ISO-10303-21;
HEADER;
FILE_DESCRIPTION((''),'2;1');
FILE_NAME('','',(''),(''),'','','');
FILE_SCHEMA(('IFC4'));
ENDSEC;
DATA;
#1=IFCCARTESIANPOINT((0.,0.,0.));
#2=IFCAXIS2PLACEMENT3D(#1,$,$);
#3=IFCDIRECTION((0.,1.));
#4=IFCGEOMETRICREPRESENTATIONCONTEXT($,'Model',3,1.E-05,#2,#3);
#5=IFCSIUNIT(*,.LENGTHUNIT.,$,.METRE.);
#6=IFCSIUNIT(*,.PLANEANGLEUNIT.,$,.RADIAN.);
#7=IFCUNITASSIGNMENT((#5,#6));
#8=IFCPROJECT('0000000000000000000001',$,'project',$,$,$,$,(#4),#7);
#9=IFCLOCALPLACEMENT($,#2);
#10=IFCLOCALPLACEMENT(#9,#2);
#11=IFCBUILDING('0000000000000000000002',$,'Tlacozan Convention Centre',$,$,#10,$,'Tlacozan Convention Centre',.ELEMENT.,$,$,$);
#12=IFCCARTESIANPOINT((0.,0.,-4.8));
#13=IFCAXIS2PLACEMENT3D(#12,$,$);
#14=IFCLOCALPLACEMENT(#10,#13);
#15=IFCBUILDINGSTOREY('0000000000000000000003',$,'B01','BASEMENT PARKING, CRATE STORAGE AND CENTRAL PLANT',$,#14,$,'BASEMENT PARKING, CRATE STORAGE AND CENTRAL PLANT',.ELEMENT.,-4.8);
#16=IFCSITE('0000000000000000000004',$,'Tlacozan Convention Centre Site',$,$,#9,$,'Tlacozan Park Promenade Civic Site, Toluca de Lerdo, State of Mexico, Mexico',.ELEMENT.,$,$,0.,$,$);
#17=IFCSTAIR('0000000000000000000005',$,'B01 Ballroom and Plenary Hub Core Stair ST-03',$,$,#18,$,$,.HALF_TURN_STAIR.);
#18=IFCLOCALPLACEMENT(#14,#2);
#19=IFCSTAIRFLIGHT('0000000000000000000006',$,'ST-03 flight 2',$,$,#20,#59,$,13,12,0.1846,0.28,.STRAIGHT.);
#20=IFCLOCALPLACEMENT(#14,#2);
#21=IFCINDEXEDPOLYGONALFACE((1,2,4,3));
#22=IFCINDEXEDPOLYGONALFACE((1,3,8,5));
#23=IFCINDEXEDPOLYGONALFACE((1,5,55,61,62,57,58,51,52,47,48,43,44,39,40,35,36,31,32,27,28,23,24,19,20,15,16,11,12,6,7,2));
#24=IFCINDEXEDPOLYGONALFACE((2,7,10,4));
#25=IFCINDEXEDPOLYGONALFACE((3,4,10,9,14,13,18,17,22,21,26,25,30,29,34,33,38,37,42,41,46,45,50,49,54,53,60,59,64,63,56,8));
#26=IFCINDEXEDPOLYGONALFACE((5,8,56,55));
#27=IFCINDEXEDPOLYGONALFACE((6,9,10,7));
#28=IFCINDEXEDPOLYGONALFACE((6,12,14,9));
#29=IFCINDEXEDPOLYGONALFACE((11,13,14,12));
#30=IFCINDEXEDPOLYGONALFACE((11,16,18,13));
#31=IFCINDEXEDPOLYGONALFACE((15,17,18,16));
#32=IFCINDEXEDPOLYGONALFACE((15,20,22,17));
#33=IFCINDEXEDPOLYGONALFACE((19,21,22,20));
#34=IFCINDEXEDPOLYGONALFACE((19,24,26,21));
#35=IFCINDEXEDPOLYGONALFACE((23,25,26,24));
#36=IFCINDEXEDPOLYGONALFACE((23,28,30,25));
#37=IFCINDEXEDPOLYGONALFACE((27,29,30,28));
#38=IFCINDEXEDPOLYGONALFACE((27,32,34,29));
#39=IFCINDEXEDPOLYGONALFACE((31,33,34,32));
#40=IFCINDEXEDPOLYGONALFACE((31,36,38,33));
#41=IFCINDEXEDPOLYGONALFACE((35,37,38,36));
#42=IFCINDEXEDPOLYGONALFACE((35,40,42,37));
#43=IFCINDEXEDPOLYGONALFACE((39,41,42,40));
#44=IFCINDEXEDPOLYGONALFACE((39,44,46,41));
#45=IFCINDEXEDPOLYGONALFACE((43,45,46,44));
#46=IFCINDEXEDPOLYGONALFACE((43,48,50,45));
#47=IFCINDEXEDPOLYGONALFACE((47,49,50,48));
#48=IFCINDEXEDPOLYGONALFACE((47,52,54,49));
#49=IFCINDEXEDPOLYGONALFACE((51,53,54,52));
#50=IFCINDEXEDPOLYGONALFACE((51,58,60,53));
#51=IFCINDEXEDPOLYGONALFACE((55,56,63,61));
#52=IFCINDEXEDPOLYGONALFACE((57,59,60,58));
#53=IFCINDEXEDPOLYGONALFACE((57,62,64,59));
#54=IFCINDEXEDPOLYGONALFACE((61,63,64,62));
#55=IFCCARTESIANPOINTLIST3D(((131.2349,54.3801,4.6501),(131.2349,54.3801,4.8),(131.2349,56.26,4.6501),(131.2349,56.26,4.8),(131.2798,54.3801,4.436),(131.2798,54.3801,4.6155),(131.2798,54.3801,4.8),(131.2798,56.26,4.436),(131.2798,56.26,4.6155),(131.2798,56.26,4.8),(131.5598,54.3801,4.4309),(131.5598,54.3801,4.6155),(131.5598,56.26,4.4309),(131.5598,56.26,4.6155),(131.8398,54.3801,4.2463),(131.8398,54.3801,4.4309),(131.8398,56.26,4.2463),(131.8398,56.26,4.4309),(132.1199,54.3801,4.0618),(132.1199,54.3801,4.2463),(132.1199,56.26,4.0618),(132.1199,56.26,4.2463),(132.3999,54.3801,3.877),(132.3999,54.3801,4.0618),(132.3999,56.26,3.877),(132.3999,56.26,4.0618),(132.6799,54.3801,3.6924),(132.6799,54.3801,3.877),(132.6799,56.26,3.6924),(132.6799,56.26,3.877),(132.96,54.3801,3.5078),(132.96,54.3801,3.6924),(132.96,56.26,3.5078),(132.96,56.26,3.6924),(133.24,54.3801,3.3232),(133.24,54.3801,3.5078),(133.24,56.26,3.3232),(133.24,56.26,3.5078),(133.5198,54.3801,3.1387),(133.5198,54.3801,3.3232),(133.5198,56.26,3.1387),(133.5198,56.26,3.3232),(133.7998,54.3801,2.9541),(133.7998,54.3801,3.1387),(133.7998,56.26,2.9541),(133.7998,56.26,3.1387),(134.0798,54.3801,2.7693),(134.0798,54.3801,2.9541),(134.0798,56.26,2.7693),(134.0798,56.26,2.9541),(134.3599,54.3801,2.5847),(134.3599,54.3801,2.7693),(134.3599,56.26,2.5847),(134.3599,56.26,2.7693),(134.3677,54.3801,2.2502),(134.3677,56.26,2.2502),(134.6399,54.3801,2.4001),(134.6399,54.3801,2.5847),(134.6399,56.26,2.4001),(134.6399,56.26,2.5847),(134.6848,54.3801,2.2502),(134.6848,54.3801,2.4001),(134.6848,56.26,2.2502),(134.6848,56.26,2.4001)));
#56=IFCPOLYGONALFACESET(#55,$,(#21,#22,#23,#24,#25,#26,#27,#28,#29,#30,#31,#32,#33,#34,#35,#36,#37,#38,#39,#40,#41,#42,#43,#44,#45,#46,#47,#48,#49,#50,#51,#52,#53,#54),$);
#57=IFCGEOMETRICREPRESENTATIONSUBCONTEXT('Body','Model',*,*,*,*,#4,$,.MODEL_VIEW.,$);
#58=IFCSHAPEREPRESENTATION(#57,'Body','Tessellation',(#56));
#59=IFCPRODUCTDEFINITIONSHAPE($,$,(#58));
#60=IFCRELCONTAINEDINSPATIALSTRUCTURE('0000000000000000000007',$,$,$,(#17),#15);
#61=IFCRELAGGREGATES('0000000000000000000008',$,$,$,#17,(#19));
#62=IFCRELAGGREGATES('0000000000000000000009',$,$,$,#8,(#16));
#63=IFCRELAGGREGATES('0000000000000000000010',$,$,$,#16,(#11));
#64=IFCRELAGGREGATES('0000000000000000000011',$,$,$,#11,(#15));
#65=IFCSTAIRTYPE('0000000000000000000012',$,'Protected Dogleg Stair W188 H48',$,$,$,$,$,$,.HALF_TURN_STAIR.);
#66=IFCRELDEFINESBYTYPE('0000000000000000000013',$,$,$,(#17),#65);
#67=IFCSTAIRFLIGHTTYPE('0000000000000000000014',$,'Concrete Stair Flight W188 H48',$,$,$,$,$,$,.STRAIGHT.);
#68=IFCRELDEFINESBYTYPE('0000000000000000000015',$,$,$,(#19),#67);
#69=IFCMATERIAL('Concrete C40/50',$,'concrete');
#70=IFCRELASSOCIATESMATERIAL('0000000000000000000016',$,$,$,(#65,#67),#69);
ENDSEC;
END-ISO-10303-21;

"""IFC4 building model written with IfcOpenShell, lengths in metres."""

from ifc_helpers import new_model, si_unit, direction, frame, origin, place, context, subcontext, project, spatial, polyline, outline, extrude, material, type_object, element, aggregate, save


model = new_model("IFC4")

# Units and contexts
model_context = context("Model", 3, precision=1e-05, world=origin(), true_north=direction((0.0, 1.0)))
body_context = subcontext(model_context, "Body", "Model", "MODEL_VIEW")
ifc_project = project(units=[si_unit("LENGTHUNIT", "METRE"), si_unit("PLANEANGLEUNIT", "RADIAN")], contexts=[model_context])

# Site, building, storey
site_placement = place(None, origin())
site = spatial("IfcSite", under=ifc_project, at=site_placement, Name="Tlacozan Convention Centre Site", LongName="Tlacozan Park Promenade Civic Site, Toluca de Lerdo, State of Mexico, Mexico", CompositionType="ELEMENT", RefElevation=0.0)
building_placement = place(site_placement, origin())
building = spatial("IfcBuilding", under=site, at=building_placement, Name="Tlacozan Convention Centre", LongName="Tlacozan Convention Centre", CompositionType="ELEMENT")
storey_placement = place(building_placement, frame((0.0, 0.0, -4.8)))
storey = spatial("IfcBuildingStorey", under=building, at=storey_placement, Name="B01", Description="BASEMENT PARKING, CRATE STORAGE AND CENTRAL PLANT", LongName="BASEMENT PARKING, CRATE STORAGE AND CENTRAL PLANT", CompositionType="ELEMENT", Elevation=-4.8)

# Shared definitions
ifc_material_1 = material(Name="Concrete C40/50", Category="concrete")

# Stair, stair flight
stair_type = type_object("IfcStairType", Name="Protected Dogleg Stair W188 H48", PredefinedType="HALF_TURN_STAIR", material=ifc_material_1)
stair_placement = place(storey_placement, origin())
stair = element("IfcStair", 1, at=stair_placement, inside=storey, type_object=stair_type, Name="B01 Ballroom and Plenary Hub Core Stair ST-03", PredefinedType="HALF_TURN_STAIR")
stair_flight_type = type_object("IfcStairFlightType", Name="Concrete Stair Flight W188 H48", PredefinedType="STRAIGHT", material=ifc_material_1)
stair_flight_placement = place(storey_placement, frame((134.6399, 55.3201, 2.4001), z_axis=(0.0, 0.0, 1.0), x_axis=(-1.0, 0.0, 0.0)))
stair_flight = element("IfcStairFlight", 2, at=stair_flight_placement, type_object=stair_flight_type, Name="ST-03 flight 2", NumberOfRisers=13, NumberOfTreads=12, PredefinedType="STRAIGHT", RiserHeight=0.1846, TreadLength=0.28, context=body_context, shape_type="SweptSolid", body=[
    extrude(outline(polyline([(-0.0449, -0.1499), (-0.0449, 0.0), (0.0, 0.0), (0.0, 0.1846), (0.28, 0.1846), (0.28, 0.3691), (0.5601, 0.3691), (0.5601, 0.554), (0.8401, 0.554), (0.8401, 0.7385), (1.1201, 0.7385), (1.1201, 0.9231), (1.3999, 0.9231), (1.3999, 1.1077), (1.6799, 1.1077), (1.6799, 1.2922), (1.96, 1.2922), (1.96, 1.4768), (2.24, 1.4768), (2.24, 1.6616), (2.52, 1.6616), (2.52, 1.8462), (2.8, 1.8462), (2.8, 2.0308), (3.0801, 2.0308), (3.0801, 2.2153), (3.3601, 2.2153), (3.3601, 2.3999), (3.405, 2.3999), (3.405, 2.25), (3.3601, 2.0359), (0.2722, -0.1499), (-0.0449, -0.1499)])), frame((0.0, 0.9399, 0.0), z_axis=(0.0, -1.0, 0.0), x_axis=(1.0, 0.0, 0.0)), (0.0, 0.0, 1.0), 1.8799),
])
aggregate(stair, [stair_flight])

save(model, "model.ifc")
